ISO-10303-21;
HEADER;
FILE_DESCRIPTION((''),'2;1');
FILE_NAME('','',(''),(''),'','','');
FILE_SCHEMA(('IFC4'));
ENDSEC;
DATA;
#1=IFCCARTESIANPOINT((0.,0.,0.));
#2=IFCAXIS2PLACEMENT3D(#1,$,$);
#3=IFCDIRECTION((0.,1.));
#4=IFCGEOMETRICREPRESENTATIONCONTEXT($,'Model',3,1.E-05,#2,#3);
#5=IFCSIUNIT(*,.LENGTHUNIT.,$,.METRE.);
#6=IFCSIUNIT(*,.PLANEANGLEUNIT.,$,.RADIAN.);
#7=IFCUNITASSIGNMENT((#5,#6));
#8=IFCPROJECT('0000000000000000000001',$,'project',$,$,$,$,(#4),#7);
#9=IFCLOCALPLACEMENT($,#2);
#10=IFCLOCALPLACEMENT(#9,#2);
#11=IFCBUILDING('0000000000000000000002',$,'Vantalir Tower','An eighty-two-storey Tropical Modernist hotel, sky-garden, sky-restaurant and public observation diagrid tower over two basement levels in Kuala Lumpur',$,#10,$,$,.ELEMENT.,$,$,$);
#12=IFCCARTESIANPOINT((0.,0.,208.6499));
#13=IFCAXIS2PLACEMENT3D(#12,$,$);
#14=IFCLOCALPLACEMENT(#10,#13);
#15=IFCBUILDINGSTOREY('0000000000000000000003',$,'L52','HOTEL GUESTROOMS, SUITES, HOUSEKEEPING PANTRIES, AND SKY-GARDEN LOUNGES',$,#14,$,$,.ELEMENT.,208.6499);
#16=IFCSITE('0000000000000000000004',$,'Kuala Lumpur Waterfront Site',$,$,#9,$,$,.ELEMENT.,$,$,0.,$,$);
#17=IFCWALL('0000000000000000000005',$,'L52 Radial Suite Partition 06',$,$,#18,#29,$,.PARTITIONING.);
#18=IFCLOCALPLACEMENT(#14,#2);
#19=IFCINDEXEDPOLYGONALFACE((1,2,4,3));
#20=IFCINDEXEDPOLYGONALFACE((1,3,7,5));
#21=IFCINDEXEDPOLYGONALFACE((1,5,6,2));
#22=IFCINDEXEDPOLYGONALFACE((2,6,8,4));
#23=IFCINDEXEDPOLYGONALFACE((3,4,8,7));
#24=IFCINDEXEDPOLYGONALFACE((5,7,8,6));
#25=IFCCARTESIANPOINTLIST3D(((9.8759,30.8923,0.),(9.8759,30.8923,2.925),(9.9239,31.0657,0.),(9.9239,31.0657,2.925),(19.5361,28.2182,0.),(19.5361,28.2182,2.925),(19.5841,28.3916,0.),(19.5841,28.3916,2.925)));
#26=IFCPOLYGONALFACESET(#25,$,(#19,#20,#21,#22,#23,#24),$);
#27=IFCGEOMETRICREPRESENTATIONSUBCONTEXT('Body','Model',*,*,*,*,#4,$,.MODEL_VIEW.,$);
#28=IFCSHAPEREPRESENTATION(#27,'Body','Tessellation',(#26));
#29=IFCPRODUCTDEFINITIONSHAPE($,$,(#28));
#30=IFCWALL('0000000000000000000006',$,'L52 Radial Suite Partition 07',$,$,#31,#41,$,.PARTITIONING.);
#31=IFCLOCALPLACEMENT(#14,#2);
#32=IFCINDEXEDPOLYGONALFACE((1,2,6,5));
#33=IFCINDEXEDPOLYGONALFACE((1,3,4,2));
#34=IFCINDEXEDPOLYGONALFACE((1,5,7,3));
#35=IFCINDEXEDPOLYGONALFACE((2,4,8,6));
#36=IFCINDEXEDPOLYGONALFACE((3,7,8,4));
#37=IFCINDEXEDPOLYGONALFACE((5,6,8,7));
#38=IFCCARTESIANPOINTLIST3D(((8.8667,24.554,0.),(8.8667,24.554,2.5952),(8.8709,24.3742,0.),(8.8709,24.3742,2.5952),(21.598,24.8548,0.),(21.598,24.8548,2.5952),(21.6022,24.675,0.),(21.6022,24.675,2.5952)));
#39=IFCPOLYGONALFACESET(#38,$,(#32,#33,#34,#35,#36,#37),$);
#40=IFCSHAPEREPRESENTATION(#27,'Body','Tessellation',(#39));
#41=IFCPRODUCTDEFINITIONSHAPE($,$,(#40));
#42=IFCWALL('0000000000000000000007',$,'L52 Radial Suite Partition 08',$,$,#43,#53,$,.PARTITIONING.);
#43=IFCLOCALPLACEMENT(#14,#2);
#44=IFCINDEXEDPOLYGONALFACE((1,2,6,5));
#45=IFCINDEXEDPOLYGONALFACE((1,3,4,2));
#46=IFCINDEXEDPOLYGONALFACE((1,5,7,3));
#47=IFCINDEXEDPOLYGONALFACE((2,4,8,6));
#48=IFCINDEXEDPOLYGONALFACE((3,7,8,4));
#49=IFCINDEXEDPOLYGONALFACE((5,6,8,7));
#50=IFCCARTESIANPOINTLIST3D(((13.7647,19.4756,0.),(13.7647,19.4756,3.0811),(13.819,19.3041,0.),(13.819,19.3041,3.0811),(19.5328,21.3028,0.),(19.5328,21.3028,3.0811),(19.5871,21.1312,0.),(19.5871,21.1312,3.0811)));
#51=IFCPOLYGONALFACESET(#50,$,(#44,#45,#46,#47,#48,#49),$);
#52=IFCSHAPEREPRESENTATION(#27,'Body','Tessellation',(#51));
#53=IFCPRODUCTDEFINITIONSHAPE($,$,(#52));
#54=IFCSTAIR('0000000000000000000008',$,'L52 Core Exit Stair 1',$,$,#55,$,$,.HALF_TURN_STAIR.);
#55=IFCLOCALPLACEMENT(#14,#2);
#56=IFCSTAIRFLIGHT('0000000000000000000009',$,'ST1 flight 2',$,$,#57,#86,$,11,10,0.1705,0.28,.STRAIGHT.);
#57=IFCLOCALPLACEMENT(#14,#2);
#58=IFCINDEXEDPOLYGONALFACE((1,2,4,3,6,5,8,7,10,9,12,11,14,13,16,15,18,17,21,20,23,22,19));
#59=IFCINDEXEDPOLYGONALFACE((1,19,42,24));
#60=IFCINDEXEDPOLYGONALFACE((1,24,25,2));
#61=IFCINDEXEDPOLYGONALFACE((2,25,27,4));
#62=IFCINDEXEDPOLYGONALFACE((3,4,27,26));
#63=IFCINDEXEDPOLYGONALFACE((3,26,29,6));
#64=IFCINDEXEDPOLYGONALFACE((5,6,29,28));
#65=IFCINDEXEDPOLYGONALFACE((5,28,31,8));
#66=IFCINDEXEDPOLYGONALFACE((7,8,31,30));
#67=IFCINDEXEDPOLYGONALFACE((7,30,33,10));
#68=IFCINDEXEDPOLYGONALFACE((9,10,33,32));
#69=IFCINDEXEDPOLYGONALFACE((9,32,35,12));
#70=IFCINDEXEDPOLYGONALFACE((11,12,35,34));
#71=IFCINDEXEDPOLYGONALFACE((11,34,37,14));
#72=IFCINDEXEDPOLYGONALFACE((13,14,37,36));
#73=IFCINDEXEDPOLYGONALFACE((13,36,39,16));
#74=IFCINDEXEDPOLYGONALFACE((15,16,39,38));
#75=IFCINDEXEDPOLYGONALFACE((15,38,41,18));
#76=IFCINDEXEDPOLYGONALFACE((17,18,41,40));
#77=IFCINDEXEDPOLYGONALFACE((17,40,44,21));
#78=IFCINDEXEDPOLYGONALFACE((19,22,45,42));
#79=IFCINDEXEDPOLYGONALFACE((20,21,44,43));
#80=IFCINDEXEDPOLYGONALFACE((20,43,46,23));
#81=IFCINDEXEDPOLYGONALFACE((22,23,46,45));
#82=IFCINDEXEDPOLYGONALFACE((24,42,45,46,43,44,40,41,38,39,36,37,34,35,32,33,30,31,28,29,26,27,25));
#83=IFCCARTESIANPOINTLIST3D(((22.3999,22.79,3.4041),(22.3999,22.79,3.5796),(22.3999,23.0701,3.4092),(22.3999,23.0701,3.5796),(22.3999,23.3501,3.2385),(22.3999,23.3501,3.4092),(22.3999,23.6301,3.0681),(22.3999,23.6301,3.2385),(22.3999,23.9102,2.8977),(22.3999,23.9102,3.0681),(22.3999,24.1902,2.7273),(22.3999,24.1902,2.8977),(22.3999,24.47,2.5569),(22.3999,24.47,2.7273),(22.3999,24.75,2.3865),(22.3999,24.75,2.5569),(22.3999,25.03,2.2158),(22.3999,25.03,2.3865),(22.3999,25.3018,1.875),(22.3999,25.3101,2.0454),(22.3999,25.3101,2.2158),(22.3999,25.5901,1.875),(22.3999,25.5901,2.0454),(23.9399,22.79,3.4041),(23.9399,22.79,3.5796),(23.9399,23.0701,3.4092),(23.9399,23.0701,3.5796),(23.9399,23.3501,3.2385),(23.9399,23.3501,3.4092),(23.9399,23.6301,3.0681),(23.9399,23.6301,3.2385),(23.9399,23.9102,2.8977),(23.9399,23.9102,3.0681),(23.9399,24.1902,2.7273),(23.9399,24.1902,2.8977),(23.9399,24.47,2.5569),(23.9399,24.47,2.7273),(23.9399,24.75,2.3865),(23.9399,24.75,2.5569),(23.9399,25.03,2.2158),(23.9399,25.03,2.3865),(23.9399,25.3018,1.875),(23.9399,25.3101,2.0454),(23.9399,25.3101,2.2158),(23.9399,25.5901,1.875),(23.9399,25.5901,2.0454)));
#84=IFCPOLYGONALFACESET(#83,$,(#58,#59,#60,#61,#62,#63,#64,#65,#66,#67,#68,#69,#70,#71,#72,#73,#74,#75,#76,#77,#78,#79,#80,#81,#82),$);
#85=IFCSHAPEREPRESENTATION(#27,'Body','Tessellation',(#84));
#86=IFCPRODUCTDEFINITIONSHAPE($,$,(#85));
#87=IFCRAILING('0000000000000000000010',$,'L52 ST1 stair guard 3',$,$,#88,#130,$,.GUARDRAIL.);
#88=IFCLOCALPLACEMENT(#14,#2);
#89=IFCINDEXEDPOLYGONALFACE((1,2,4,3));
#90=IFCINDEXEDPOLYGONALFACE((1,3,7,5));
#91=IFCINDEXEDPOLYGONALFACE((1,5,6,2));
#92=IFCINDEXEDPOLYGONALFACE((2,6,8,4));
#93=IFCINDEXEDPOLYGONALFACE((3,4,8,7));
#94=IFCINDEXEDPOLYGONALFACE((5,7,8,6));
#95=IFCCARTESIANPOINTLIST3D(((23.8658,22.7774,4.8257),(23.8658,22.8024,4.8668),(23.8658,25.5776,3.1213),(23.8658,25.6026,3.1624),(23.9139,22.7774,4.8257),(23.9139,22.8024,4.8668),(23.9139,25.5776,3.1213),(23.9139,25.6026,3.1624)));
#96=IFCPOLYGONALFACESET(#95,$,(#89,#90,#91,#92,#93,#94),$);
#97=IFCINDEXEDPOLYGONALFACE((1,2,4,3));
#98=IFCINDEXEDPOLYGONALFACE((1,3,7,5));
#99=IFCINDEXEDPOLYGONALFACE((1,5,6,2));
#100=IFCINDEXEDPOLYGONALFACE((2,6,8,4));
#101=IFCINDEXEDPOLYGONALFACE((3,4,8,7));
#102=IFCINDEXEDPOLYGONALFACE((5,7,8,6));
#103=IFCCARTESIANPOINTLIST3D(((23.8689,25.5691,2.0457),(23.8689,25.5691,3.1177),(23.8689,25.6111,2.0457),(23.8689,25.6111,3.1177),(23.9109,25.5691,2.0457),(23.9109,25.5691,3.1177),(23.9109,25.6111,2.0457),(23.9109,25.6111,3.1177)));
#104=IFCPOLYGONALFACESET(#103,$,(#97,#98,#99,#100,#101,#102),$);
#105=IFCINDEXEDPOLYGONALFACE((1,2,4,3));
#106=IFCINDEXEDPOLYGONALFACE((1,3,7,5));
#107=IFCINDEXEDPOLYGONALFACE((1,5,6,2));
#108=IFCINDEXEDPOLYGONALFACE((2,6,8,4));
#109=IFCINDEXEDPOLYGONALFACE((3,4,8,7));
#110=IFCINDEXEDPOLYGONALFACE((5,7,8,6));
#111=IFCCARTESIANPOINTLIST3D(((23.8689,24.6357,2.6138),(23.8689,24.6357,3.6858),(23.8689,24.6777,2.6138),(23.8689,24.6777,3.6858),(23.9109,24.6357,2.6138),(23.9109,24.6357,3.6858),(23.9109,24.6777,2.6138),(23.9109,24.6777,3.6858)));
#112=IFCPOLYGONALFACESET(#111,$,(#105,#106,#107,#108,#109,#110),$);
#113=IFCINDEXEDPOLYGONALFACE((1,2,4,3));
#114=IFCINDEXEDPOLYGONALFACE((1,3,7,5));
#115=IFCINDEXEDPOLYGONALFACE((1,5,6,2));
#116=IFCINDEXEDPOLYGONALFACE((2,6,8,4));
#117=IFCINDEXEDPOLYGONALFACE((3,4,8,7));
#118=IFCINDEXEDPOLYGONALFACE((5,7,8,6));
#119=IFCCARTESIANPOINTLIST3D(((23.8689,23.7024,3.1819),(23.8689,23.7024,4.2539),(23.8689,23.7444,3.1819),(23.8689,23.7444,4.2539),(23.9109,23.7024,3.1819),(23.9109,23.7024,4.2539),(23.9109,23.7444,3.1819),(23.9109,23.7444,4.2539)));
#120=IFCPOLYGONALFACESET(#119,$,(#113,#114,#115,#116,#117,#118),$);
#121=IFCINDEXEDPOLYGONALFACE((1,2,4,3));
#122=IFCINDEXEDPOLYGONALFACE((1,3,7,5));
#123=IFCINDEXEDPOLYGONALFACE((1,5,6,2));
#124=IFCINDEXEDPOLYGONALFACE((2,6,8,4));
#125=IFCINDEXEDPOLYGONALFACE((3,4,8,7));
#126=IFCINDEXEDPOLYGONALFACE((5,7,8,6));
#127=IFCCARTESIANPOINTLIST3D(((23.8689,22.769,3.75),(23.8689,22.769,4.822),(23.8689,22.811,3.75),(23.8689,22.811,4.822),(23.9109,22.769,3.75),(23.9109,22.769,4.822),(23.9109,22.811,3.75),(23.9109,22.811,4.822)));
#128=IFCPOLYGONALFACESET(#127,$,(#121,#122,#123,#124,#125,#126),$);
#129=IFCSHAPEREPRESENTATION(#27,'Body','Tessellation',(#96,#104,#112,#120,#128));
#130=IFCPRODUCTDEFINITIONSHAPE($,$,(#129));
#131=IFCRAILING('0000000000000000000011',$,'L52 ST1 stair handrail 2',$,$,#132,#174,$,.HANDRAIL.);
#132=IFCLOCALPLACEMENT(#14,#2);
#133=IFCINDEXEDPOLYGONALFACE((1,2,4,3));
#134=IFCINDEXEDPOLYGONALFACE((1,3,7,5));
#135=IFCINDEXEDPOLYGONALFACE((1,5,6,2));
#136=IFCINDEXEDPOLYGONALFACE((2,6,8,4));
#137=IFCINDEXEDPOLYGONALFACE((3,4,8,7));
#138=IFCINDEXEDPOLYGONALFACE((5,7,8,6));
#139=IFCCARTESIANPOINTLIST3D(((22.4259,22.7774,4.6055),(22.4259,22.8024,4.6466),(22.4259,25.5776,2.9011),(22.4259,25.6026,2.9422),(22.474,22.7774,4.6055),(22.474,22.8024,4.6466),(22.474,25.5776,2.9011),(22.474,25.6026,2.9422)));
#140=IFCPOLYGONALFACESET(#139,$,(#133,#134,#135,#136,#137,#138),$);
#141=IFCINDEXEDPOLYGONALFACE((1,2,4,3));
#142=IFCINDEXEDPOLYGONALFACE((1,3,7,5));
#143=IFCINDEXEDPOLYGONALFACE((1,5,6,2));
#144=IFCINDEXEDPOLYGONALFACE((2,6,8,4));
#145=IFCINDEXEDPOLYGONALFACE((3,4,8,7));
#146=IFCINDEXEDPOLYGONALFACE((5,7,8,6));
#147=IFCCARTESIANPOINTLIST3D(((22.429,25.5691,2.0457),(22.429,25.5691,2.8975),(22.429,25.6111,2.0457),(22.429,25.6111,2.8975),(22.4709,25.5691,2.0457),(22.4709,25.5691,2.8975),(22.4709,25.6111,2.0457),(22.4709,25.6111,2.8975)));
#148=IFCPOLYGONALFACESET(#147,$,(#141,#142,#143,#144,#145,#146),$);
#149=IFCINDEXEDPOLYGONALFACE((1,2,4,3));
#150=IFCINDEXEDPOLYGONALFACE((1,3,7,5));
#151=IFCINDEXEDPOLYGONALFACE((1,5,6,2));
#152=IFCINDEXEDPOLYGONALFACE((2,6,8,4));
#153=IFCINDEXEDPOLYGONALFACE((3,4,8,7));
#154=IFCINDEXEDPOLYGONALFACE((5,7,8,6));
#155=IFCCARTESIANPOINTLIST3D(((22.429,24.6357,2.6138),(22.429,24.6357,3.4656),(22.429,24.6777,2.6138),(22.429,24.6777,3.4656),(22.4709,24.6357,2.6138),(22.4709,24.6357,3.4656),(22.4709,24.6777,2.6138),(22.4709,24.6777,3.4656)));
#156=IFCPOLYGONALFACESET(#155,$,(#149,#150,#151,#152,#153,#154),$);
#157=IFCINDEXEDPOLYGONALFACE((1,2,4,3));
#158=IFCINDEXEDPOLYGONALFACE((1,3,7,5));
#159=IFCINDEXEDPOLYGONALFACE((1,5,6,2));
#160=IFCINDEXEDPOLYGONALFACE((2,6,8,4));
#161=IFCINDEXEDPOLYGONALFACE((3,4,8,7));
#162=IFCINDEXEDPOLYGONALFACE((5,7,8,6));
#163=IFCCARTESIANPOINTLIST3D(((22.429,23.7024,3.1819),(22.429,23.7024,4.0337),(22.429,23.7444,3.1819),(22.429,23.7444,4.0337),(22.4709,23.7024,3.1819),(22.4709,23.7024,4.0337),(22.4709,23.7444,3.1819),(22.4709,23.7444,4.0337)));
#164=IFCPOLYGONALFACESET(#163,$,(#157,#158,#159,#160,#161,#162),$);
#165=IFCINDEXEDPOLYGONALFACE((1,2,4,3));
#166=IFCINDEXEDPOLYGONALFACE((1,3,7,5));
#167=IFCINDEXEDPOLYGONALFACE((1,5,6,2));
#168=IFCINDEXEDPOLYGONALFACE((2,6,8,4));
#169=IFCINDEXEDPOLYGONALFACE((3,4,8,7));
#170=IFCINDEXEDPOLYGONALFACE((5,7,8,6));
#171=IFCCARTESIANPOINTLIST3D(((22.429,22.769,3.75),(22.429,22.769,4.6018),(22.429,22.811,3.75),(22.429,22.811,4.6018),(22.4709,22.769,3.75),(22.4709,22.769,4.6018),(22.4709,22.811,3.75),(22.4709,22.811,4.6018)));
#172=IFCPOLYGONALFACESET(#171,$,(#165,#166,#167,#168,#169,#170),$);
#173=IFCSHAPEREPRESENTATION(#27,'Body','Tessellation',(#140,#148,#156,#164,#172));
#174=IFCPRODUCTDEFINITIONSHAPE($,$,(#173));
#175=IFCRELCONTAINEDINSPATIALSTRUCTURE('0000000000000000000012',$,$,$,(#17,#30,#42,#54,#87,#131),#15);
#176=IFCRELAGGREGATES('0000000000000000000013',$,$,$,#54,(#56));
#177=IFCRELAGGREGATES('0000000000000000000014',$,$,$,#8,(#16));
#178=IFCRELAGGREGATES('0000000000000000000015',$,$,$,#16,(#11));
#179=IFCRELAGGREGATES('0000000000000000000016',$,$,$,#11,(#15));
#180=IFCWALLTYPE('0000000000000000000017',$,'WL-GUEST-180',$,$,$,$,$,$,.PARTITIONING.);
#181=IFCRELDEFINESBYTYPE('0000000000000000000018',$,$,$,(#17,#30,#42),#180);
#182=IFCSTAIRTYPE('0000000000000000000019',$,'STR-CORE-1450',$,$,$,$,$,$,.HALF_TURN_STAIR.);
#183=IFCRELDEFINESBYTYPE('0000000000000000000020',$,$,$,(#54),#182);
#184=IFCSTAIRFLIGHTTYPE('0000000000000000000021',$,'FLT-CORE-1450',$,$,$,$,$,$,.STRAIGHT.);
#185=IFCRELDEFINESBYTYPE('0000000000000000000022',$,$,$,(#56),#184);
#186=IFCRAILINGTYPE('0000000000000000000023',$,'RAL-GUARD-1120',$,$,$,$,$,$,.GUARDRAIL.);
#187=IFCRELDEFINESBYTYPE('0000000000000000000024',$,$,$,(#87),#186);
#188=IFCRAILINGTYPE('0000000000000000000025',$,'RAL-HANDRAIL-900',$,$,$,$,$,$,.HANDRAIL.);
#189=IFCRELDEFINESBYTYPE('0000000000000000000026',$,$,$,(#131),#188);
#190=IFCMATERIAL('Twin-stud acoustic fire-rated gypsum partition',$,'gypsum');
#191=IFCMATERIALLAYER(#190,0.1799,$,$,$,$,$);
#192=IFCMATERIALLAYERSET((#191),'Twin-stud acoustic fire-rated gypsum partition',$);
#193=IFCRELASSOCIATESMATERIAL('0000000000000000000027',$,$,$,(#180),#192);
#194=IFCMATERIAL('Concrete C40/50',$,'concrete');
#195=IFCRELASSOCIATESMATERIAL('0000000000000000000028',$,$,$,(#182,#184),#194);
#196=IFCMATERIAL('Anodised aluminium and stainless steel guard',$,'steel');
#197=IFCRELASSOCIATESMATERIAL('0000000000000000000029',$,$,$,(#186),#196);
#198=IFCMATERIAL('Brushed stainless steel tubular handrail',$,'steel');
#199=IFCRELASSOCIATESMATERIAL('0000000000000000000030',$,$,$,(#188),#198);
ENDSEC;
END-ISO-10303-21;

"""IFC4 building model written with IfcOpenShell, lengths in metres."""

from ifc_helpers import new_model, si_unit, direction, frame, frame_2d, origin, origin_2d, place, context, subcontext, project, spatial, polyline, rectangle, outline, extrude, material, layer, layer_set, type_object, element, aggregate, save


model = new_model("IFC4")

# Units and contexts
model_context = context("Model", 3, precision=1e-05, world=origin(), true_north=direction((0.0, 1.0)))
body_context = subcontext(model_context, "Body", "Model", "MODEL_VIEW")
ifc_project = project(units=[si_unit("LENGTHUNIT", "METRE"), si_unit("PLANEANGLEUNIT", "RADIAN")], contexts=[model_context])

# Site, building, storey
site_placement = place(None, origin())
site = spatial("IfcSite", under=ifc_project, at=site_placement, Name="Kuala Lumpur Waterfront Site", CompositionType="ELEMENT", RefElevation=0.0)
building_placement = place(site_placement, origin())
building = spatial("IfcBuilding", under=site, at=building_placement, Name="Vantalir Tower", Description="An eighty-two-storey Tropical Modernist hotel, sky-garden, sky-restaurant and public observation diagrid tower over two basement levels in Kuala Lumpur", CompositionType="ELEMENT")
storey_placement = place(building_placement, frame((0.0, 0.0, 208.6499)))
storey = spatial("IfcBuildingStorey", under=building, at=storey_placement, Name="L52", Description="HOTEL GUESTROOMS, SUITES, HOUSEKEEPING PANTRIES, AND SKY-GARDEN LOUNGES", CompositionType="ELEMENT", Elevation=208.6499)

# Walls
ifc_material_1 = material(Name="Twin-stud acoustic fire-rated gypsum partition", Category="gypsum")
ifc_layer_1 = layer(ifc_material_1, 0.1799)
ifc_layer_set_1 = layer_set([ifc_layer_1], Name="Twin-stud acoustic fire-rated gypsum partition")
wall_type_1 = type_object("IfcWallType", Name="WL-GUEST-180", PredefinedType="PARTITIONING", material=ifc_layer_set_1)
wall_1_placement = place(storey_placement, frame((19.5601, 28.3049, 0.0), z_axis=(0.0, 0.0, 1.0), x_axis=(-0.963757, 0.266782, 0.0)))
element("IfcWall", 1, at=wall_1_placement, inside=storey, type_object=wall_type_1, Name="L52 Radial Suite Partition 06", PredefinedType="PARTITIONING", context=body_context, shape_type="SweptSolid", body=[
    extrude(rectangle(XDim=10.0234, YDim=0.1799, at=frame_2d((5.0117, 0.0))), origin(), (0.0, 0.0, 1.0), 2.925),
])
wall_2_placement = place(storey_placement, frame((21.6001, 24.7649, 0.0), z_axis=(0.0, 0.0, 1.0), x_axis=(-0.999721, -0.023619, 0.0)))
element("IfcWall", 2, at=wall_2_placement, inside=storey, type_object=wall_type_1, Name="L52 Radial Suite Partition 07", PredefinedType="PARTITIONING", context=body_context, shape_type="SweptSolid", body=[
    extrude(rectangle(XDim=12.7349, YDim=0.1799, at=frame_2d((6.3674, 0.0))), origin(), (0.0, 0.0, 1.0), 2.5952),
])
wall_3_placement = place(storey_placement, frame((19.5601, 21.217, 0.0), z_axis=(0.0, 0.0, 1.0), x_axis=(-0.953314, -0.301981, 0.0)))
element("IfcWall", 3, at=wall_3_placement, inside=storey, type_object=wall_type_1, Name="L52 Radial Suite Partition 08", PredefinedType="PARTITIONING", context=body_context, shape_type="SweptSolid", body=[
    extrude(rectangle(XDim=6.0505, YDim=0.1799, at=frame_2d((3.0254, 0.0))), origin(), (0.0, 0.0, 1.0), 3.0811),
])

# Stair, stair flight
ifc_material_2 = material(Name="Concrete C40/50", Category="concrete")
stair_type = type_object("IfcStairType", Name="STR-CORE-1450", PredefinedType="HALF_TURN_STAIR", material=ifc_material_2)
stair_placement = place(storey_placement, origin())
stair = element("IfcStair", 4, at=stair_placement, inside=storey, type_object=stair_type, Name="L52 Core Exit Stair 1", PredefinedType="HALF_TURN_STAIR")
stair_flight_type = type_object("IfcStairFlightType", Name="FLT-CORE-1450", PredefinedType="STRAIGHT", material=ifc_material_2)
stair_flight_placement = place(storey_placement, frame((23.1699, 25.5901, 1.875), z_axis=(0.0, 0.0, 1.0), x_axis=(0.0, -1.0, 0.0)))
stair_flight = element("IfcStairFlight", 5, at=stair_flight_placement, type_object=stair_flight_type, Name="ST1 flight 2", NumberOfRisers=11, NumberOfTreads=10, PredefinedType="STRAIGHT", RiserHeight=0.1705, TreadLength=0.28, context=body_context, shape_type="SweptSolid", body=[
    extrude(outline(polyline([(0.0, 0.0), (0.0, 0.1704), (0.28, 0.1704), (0.28, 0.3408), (0.5601, 0.3408), (0.5601, 0.5115), (0.8401, 0.5115), (0.8401, 0.6819), (1.1201, 0.6819), (1.1201, 0.8523), (1.3999, 0.8523), (1.3999, 1.0227), (1.6799, 1.0227), (1.6799, 1.1931), (1.96, 1.1931), (1.96, 1.3635), (2.24, 1.3635), (2.24, 1.5342), (2.52, 1.5342), (2.52, 1.7046), (2.8, 1.7046), (2.8, 1.875), (2.8, 1.5291), (0.2883, 0.0), (0.0, 0.0)])), frame((0.0, 0.77, 0.0), z_axis=(0.0, -1.0, 0.0), x_axis=(1.0, 0.0, 0.0)), (0.0, 0.0, 1.0), 1.54),
])
aggregate(stair, [stair_flight])

# Railings
ifc_material_3 = material(Name="Anodised aluminium and stainless steel guard", Category="steel")
railing_type_1 = type_object("IfcRailingType", Name="RAL-GUARD-1120", PredefinedType="GUARDRAIL", material=ifc_material_3)
railing_1_placement = place(storey_placement, frame((23.8899, 25.5901, 2.0457)))
element("IfcRailing", 6, at=railing_1_placement, inside=storey, type_object=railing_type_1, Name="L52 ST1 stair guard 3", PredefinedType="GUARDRAIL", context=body_context, shape_type="SweptSolid", body=[
    extrude(rectangle(XDim=0.0481, YDim=0.0481, at=origin_2d()), frame((0.0, 0.0, 1.0962), z_axis=(0.0, -0.854203, 0.51994), x_axis=(1.0, 0.0, 0.0)), (0.0, 0.0, 1.0), 3.2781),
    extrude(rectangle(XDim=0.042, YDim=0.042, at=origin_2d()), origin(), (0.0, 0.0, 1.0), 1.072),
    extrude(rectangle(XDim=0.042, YDim=0.042, at=origin_2d()), frame((0.0, -0.9333, 0.5681)), (0.0, 0.0, 1.0), 1.072),
    extrude(rectangle(XDim=0.042, YDim=0.042, at=origin_2d()), frame((0.0, -1.8667, 1.1362)), (0.0, 0.0, 1.0), 1.072),
    extrude(rectangle(XDim=0.042, YDim=0.042, at=origin_2d()), frame((0.0, -2.8, 1.7043)), (0.0, 0.0, 1.0), 1.072),
])
ifc_material_4 = material(Name="Brushed stainless steel tubular handrail", Category="steel")
railing_type_2 = type_object("IfcRailingType", Name="RAL-HANDRAIL-900", PredefinedType="HANDRAIL", material=ifc_material_4)
railing_2_placement = place(storey_placement, frame((22.45, 25.5901, 2.0457)))
element("IfcRailing", 7, at=railing_2_placement, inside=storey, type_object=railing_type_2, Name="L52 ST1 stair handrail 2", PredefinedType="HANDRAIL", context=body_context, shape_type="SweptSolid", body=[
    extrude(rectangle(XDim=0.0481, YDim=0.0481, at=origin_2d()), frame((0.0, 0.0, 0.876), z_axis=(0.0, -0.854203, 0.51994), x_axis=(1.0, 0.0, 0.0)), (0.0, 0.0, 1.0), 3.2781),
    extrude(rectangle(XDim=0.042, YDim=0.042, at=origin_2d()), origin(), (0.0, 0.0, 1.0), 0.8518),
    extrude(rectangle(XDim=0.042, YDim=0.042, at=origin_2d()), frame((0.0, -0.9333, 0.5681)), (0.0, 0.0, 1.0), 0.8518),
    extrude(rectangle(XDim=0.042, YDim=0.042, at=origin_2d()), frame((0.0, -1.8667, 1.1362)), (0.0, 0.0, 1.0), 0.8518),
    extrude(rectangle(XDim=0.042, YDim=0.042, at=origin_2d()), frame((0.0, -2.8, 1.7043)), (0.0, 0.0, 1.0), 0.8518),
])

save(model, "model.ifc")
